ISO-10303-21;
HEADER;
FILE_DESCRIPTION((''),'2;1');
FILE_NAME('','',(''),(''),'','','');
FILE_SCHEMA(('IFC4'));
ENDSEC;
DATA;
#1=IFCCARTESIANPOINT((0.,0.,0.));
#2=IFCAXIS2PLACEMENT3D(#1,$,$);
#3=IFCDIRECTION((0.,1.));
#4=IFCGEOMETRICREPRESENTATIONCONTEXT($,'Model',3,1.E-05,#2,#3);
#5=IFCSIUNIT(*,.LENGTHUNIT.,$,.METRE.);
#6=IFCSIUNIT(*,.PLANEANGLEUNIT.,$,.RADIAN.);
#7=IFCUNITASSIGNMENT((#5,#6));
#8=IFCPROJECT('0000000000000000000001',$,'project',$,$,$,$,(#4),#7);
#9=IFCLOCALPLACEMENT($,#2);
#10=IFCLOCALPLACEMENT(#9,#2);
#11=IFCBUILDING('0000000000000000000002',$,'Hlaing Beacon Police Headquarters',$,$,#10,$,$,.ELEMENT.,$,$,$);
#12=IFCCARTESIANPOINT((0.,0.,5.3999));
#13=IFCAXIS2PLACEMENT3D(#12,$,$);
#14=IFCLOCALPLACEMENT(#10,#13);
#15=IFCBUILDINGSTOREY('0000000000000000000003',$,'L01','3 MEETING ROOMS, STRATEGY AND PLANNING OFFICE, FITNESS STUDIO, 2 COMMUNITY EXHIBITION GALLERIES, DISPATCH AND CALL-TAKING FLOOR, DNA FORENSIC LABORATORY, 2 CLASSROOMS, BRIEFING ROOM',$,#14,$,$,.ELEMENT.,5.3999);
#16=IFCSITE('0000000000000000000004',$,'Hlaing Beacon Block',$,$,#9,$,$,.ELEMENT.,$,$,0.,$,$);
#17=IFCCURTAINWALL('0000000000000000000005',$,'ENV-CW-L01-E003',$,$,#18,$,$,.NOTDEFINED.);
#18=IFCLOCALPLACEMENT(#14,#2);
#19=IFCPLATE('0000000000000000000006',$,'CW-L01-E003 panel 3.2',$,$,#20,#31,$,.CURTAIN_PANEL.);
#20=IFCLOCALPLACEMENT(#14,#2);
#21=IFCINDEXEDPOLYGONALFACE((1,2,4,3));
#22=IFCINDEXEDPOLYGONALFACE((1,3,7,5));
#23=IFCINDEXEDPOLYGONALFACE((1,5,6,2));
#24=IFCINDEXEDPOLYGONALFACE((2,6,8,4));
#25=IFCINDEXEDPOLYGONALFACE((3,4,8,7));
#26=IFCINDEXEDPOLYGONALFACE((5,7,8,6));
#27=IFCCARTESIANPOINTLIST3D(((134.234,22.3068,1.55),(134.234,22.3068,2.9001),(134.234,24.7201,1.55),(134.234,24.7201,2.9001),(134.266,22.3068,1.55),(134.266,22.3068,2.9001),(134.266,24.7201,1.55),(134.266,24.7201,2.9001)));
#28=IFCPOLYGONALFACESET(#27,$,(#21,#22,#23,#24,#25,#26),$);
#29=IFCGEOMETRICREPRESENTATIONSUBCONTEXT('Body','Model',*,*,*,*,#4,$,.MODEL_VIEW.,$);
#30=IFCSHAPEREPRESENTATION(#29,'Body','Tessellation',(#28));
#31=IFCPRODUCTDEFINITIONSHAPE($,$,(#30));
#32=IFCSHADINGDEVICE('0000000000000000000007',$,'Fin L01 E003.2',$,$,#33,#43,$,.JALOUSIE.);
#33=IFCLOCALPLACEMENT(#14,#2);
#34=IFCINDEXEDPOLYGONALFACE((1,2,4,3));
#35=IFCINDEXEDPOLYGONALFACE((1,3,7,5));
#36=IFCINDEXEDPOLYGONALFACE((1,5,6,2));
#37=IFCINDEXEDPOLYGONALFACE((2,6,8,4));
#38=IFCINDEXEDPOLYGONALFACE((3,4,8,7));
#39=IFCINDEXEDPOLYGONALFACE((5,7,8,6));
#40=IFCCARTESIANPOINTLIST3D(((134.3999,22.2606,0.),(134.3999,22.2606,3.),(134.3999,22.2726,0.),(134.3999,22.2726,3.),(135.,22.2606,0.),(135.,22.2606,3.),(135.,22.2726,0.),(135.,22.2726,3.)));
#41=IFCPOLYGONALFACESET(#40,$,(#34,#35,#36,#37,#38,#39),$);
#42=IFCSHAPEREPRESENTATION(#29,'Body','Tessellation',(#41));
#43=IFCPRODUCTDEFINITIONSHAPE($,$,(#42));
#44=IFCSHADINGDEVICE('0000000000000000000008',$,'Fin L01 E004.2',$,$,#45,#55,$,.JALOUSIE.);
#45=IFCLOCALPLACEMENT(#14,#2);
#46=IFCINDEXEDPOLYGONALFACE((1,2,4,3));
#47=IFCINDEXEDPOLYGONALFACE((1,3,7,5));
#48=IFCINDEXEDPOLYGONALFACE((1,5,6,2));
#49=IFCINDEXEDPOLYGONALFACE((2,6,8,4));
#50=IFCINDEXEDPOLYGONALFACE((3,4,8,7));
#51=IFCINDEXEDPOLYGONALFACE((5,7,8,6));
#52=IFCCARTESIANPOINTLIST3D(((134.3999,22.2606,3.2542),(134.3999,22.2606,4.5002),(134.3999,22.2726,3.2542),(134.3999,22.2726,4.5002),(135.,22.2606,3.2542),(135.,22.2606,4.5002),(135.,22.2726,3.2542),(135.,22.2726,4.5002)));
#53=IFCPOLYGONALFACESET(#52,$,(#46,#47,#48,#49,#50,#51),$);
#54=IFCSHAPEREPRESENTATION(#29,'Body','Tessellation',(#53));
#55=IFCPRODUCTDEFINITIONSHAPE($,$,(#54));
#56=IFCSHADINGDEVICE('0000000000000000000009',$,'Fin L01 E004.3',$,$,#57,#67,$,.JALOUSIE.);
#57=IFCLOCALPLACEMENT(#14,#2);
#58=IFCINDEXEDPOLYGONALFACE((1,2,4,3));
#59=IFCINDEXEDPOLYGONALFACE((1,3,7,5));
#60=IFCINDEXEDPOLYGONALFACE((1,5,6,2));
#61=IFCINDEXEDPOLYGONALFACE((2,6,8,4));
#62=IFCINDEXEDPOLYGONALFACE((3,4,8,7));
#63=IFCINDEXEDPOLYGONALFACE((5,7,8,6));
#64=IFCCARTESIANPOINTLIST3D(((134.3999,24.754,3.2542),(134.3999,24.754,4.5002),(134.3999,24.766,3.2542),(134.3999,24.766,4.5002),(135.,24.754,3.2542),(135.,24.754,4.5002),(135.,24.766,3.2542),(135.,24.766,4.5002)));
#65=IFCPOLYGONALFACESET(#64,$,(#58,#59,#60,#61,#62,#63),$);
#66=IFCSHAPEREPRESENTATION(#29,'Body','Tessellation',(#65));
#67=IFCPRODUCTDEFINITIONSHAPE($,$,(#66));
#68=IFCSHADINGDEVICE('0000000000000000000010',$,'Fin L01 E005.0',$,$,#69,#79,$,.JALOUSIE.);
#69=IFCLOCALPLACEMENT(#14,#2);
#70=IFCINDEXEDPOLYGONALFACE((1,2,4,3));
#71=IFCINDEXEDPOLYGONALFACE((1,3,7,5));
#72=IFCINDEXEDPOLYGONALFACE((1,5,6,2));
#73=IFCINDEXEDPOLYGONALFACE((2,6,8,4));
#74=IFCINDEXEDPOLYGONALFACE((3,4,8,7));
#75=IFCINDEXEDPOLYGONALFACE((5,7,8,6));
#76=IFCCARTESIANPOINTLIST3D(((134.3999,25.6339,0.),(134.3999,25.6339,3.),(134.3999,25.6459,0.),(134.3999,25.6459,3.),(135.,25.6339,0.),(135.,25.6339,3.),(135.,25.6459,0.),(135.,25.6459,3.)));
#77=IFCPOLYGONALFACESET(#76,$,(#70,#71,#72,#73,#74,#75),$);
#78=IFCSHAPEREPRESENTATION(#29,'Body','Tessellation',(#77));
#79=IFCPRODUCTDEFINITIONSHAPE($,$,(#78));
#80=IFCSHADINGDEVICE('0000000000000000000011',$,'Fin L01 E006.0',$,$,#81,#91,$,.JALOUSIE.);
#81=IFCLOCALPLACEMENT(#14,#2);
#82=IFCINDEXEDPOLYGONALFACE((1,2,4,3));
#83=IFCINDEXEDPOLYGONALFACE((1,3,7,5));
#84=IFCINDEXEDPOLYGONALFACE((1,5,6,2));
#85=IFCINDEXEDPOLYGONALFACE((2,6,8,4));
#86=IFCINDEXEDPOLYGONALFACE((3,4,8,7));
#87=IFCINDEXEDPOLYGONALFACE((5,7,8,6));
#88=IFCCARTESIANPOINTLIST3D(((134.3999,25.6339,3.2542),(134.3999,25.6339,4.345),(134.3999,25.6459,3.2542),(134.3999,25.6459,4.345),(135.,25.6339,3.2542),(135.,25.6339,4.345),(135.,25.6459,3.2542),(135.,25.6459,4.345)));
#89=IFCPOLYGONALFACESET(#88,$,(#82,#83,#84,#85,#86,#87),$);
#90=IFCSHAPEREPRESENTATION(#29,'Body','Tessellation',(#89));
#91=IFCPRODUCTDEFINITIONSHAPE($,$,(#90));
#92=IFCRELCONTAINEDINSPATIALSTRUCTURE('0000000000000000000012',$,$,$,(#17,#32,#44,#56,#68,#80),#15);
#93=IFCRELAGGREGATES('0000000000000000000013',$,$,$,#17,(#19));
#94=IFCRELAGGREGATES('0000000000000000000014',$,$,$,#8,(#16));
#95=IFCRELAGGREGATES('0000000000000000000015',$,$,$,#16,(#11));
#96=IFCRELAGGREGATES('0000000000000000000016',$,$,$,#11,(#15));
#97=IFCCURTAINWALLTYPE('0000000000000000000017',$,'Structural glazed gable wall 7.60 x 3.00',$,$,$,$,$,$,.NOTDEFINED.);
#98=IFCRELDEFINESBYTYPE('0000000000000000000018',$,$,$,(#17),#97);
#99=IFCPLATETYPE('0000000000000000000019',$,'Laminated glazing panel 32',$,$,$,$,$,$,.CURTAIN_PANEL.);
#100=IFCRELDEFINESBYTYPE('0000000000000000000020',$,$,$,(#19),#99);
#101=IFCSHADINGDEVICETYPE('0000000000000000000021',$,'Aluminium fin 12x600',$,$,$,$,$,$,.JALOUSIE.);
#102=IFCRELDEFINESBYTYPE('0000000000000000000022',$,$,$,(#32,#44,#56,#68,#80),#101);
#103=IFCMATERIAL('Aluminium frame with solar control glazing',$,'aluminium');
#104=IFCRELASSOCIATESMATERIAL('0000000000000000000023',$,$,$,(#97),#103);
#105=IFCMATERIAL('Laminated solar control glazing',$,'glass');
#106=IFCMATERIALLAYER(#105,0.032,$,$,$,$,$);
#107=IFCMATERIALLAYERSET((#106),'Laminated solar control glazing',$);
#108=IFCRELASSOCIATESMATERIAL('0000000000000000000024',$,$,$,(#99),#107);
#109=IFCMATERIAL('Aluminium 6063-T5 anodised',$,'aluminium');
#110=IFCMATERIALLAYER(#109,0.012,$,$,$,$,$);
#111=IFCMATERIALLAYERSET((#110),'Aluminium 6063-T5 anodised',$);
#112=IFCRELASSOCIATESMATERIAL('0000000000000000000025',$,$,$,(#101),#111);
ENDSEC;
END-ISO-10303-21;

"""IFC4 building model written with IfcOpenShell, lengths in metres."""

from ifc_helpers import new_model, si_unit, direction, frame, origin, origin_2d, place, context, subcontext, project, spatial, rectangle, extrude, material, layer, layer_set, type_object, element, aggregate, save


model = new_model("IFC4")

# Units and contexts
model_context = context("Model", 3, precision=1e-05, world=origin(), true_north=direction((0.0, 1.0)))
body_context = subcontext(model_context, "Body", "Model", "MODEL_VIEW")
ifc_project = project(units=[si_unit("LENGTHUNIT", "METRE"), si_unit("PLANEANGLEUNIT", "RADIAN")], contexts=[model_context])

# Site, building, storey
site_placement = place(None, origin())
site = spatial("IfcSite", under=ifc_project, at=site_placement, Name="Hlaing Beacon Block", CompositionType="ELEMENT", RefElevation=0.0)
building_placement = place(site_placement, origin())
building = spatial("IfcBuilding", under=site, at=building_placement, Name="Hlaing Beacon Police Headquarters", CompositionType="ELEMENT")
storey_placement = place(building_placement, frame((0.0, 0.0, 5.3999)))
storey = spatial("IfcBuildingStorey", under=building, at=storey_placement, Name="L01", Description="3 MEETING ROOMS, STRATEGY AND PLANNING OFFICE, FITNESS STUDIO, 2 COMMUNITY EXHIBITION GALLERIES, DISPATCH AND CALL-TAKING FLOOR, DNA FORENSIC LABORATORY, 2 CLASSROOMS, BRIEFING ROOM", CompositionType="ELEMENT", Elevation=5.3999)

# Curtain wall
ifc_material_1 = material(Name="Aluminium frame with solar control glazing", Category="aluminium")
curtain_wall_type_1 = type_object("IfcCurtainWallType", Name="Structural glazed gable wall 7.60 x 3.00", PredefinedType="NOTDEFINED", material=ifc_material_1)
curtain_wall_1_placement = place(storey_placement, origin())
curtain_wall_1 = element("IfcCurtainWall", 1, at=curtain_wall_1_placement, inside=storey, type_object=curtain_wall_type_1, Name="ENV-CW-L01-E003", PredefinedType="NOTDEFINED")

# Plate
ifc_material_2 = material(Name="Laminated solar control glazing", Category="glass")
ifc_layer_1 = layer(ifc_material_2, 0.032)
ifc_layer_set_1 = layer_set([ifc_layer_1], Name="Laminated solar control glazing")
plate_type_1 = type_object("IfcPlateType", Name="Laminated glazing panel 32", PredefinedType="CURTAIN_PANEL", material=ifc_layer_set_1)
plate_1_placement = place(storey_placement, frame((134.25, 23.5134, 1.55), z_axis=(0.0, 0.0, 1.0), x_axis=(0.0, 1.0, 0.0)))
plate_1 = element("IfcPlate", 2, at=plate_1_placement, type_object=plate_type_1, Name="CW-L01-E003 panel 3.2", PredefinedType="CURTAIN_PANEL", context=body_context, shape_type="SweptSolid", body=[
    extrude(rectangle(XDim=2.4133, YDim=0.032, at=origin_2d()), origin(), (0.0, 0.0, 1.0), 1.3501),
])
aggregate(curtain_wall_1, [plate_1])

# Shading devices
ifc_material_3 = material(Name="Aluminium 6063-T5 anodised", Category="aluminium")
ifc_layer_2 = layer(ifc_material_3, 0.012)
ifc_layer_set_2 = layer_set([ifc_layer_2], Name="Aluminium 6063-T5 anodised")
shading_device_type = type_object("IfcShadingDeviceType", Name="Aluminium fin 12x600", PredefinedType="JALOUSIE", material=ifc_layer_set_2)
shading_device_1_placement = place(storey_placement, frame((134.7, 22.2666, 0.0), z_axis=(0.0, 0.0, 1.0), x_axis=(0.0, 1.0, 0.0)))
element("IfcShadingDevice", 3, at=shading_device_1_placement, inside=storey, type_object=shading_device_type, Name="Fin L01 E003.2", PredefinedType="JALOUSIE", context=body_context, shape_type="SweptSolid", body=[
    extrude(rectangle(XDim=0.012, YDim=0.6001, at=origin_2d()), origin(), (0.0, 0.0, 1.0), 3.0),
])
for number, where, z_axis, x_axis, name in (
    (4, (134.7, 22.2666, 3.2542), (0.0, 0.0, 1.0), (0.0, 1.0, 0.0), "Fin L01 E004.2"),
    (5, (134.7, 24.76, 3.2542), (0.0, 0.0, 1.0), (0.0, 1.0, 0.0), "Fin L01 E004.3"),
):
    element("IfcShadingDevice", number, at=place(storey_placement, frame(where, z_axis=z_axis, x_axis=x_axis)), inside=storey, type_object=shading_device_type, Name=name, PredefinedType="JALOUSIE", context=body_context, shape_type="SweptSolid", body=[
        extrude(rectangle(XDim=0.012, YDim=0.6001, at=origin_2d()), origin(), (0.0, 0.0, 1.0), 1.2461),
    ])
shading_device_2_placement = place(storey_placement, frame((134.7, 25.6399, 0.0), z_axis=(0.0, 0.0, 1.0), x_axis=(0.0, 1.0, 0.0)))
element("IfcShadingDevice", 6, at=shading_device_2_placement, inside=storey, type_object=shading_device_type, Name="Fin L01 E005.0", PredefinedType="JALOUSIE", context=body_context, shape_type="SweptSolid", body=[
    extrude(rectangle(XDim=0.012, YDim=0.6001, at=origin_2d()), origin(), (0.0, 0.0, 1.0), 3.0),
])
shading_device_3_placement = place(storey_placement, frame((134.7, 25.6399, 3.2542), z_axis=(0.0, 0.0, 1.0), x_axis=(0.0, 1.0, 0.0)))
element("IfcShadingDevice", 7, at=shading_device_3_placement, inside=storey, type_object=shading_device_type, Name="Fin L01 E006.0", PredefinedType="JALOUSIE", context=body_context, shape_type="SweptSolid", body=[
    extrude(rectangle(XDim=0.012, YDim=0.6001, at=origin_2d()), origin(), (0.0, 0.0, 1.0), 1.0908),
])

save(model, "model.ifc")
